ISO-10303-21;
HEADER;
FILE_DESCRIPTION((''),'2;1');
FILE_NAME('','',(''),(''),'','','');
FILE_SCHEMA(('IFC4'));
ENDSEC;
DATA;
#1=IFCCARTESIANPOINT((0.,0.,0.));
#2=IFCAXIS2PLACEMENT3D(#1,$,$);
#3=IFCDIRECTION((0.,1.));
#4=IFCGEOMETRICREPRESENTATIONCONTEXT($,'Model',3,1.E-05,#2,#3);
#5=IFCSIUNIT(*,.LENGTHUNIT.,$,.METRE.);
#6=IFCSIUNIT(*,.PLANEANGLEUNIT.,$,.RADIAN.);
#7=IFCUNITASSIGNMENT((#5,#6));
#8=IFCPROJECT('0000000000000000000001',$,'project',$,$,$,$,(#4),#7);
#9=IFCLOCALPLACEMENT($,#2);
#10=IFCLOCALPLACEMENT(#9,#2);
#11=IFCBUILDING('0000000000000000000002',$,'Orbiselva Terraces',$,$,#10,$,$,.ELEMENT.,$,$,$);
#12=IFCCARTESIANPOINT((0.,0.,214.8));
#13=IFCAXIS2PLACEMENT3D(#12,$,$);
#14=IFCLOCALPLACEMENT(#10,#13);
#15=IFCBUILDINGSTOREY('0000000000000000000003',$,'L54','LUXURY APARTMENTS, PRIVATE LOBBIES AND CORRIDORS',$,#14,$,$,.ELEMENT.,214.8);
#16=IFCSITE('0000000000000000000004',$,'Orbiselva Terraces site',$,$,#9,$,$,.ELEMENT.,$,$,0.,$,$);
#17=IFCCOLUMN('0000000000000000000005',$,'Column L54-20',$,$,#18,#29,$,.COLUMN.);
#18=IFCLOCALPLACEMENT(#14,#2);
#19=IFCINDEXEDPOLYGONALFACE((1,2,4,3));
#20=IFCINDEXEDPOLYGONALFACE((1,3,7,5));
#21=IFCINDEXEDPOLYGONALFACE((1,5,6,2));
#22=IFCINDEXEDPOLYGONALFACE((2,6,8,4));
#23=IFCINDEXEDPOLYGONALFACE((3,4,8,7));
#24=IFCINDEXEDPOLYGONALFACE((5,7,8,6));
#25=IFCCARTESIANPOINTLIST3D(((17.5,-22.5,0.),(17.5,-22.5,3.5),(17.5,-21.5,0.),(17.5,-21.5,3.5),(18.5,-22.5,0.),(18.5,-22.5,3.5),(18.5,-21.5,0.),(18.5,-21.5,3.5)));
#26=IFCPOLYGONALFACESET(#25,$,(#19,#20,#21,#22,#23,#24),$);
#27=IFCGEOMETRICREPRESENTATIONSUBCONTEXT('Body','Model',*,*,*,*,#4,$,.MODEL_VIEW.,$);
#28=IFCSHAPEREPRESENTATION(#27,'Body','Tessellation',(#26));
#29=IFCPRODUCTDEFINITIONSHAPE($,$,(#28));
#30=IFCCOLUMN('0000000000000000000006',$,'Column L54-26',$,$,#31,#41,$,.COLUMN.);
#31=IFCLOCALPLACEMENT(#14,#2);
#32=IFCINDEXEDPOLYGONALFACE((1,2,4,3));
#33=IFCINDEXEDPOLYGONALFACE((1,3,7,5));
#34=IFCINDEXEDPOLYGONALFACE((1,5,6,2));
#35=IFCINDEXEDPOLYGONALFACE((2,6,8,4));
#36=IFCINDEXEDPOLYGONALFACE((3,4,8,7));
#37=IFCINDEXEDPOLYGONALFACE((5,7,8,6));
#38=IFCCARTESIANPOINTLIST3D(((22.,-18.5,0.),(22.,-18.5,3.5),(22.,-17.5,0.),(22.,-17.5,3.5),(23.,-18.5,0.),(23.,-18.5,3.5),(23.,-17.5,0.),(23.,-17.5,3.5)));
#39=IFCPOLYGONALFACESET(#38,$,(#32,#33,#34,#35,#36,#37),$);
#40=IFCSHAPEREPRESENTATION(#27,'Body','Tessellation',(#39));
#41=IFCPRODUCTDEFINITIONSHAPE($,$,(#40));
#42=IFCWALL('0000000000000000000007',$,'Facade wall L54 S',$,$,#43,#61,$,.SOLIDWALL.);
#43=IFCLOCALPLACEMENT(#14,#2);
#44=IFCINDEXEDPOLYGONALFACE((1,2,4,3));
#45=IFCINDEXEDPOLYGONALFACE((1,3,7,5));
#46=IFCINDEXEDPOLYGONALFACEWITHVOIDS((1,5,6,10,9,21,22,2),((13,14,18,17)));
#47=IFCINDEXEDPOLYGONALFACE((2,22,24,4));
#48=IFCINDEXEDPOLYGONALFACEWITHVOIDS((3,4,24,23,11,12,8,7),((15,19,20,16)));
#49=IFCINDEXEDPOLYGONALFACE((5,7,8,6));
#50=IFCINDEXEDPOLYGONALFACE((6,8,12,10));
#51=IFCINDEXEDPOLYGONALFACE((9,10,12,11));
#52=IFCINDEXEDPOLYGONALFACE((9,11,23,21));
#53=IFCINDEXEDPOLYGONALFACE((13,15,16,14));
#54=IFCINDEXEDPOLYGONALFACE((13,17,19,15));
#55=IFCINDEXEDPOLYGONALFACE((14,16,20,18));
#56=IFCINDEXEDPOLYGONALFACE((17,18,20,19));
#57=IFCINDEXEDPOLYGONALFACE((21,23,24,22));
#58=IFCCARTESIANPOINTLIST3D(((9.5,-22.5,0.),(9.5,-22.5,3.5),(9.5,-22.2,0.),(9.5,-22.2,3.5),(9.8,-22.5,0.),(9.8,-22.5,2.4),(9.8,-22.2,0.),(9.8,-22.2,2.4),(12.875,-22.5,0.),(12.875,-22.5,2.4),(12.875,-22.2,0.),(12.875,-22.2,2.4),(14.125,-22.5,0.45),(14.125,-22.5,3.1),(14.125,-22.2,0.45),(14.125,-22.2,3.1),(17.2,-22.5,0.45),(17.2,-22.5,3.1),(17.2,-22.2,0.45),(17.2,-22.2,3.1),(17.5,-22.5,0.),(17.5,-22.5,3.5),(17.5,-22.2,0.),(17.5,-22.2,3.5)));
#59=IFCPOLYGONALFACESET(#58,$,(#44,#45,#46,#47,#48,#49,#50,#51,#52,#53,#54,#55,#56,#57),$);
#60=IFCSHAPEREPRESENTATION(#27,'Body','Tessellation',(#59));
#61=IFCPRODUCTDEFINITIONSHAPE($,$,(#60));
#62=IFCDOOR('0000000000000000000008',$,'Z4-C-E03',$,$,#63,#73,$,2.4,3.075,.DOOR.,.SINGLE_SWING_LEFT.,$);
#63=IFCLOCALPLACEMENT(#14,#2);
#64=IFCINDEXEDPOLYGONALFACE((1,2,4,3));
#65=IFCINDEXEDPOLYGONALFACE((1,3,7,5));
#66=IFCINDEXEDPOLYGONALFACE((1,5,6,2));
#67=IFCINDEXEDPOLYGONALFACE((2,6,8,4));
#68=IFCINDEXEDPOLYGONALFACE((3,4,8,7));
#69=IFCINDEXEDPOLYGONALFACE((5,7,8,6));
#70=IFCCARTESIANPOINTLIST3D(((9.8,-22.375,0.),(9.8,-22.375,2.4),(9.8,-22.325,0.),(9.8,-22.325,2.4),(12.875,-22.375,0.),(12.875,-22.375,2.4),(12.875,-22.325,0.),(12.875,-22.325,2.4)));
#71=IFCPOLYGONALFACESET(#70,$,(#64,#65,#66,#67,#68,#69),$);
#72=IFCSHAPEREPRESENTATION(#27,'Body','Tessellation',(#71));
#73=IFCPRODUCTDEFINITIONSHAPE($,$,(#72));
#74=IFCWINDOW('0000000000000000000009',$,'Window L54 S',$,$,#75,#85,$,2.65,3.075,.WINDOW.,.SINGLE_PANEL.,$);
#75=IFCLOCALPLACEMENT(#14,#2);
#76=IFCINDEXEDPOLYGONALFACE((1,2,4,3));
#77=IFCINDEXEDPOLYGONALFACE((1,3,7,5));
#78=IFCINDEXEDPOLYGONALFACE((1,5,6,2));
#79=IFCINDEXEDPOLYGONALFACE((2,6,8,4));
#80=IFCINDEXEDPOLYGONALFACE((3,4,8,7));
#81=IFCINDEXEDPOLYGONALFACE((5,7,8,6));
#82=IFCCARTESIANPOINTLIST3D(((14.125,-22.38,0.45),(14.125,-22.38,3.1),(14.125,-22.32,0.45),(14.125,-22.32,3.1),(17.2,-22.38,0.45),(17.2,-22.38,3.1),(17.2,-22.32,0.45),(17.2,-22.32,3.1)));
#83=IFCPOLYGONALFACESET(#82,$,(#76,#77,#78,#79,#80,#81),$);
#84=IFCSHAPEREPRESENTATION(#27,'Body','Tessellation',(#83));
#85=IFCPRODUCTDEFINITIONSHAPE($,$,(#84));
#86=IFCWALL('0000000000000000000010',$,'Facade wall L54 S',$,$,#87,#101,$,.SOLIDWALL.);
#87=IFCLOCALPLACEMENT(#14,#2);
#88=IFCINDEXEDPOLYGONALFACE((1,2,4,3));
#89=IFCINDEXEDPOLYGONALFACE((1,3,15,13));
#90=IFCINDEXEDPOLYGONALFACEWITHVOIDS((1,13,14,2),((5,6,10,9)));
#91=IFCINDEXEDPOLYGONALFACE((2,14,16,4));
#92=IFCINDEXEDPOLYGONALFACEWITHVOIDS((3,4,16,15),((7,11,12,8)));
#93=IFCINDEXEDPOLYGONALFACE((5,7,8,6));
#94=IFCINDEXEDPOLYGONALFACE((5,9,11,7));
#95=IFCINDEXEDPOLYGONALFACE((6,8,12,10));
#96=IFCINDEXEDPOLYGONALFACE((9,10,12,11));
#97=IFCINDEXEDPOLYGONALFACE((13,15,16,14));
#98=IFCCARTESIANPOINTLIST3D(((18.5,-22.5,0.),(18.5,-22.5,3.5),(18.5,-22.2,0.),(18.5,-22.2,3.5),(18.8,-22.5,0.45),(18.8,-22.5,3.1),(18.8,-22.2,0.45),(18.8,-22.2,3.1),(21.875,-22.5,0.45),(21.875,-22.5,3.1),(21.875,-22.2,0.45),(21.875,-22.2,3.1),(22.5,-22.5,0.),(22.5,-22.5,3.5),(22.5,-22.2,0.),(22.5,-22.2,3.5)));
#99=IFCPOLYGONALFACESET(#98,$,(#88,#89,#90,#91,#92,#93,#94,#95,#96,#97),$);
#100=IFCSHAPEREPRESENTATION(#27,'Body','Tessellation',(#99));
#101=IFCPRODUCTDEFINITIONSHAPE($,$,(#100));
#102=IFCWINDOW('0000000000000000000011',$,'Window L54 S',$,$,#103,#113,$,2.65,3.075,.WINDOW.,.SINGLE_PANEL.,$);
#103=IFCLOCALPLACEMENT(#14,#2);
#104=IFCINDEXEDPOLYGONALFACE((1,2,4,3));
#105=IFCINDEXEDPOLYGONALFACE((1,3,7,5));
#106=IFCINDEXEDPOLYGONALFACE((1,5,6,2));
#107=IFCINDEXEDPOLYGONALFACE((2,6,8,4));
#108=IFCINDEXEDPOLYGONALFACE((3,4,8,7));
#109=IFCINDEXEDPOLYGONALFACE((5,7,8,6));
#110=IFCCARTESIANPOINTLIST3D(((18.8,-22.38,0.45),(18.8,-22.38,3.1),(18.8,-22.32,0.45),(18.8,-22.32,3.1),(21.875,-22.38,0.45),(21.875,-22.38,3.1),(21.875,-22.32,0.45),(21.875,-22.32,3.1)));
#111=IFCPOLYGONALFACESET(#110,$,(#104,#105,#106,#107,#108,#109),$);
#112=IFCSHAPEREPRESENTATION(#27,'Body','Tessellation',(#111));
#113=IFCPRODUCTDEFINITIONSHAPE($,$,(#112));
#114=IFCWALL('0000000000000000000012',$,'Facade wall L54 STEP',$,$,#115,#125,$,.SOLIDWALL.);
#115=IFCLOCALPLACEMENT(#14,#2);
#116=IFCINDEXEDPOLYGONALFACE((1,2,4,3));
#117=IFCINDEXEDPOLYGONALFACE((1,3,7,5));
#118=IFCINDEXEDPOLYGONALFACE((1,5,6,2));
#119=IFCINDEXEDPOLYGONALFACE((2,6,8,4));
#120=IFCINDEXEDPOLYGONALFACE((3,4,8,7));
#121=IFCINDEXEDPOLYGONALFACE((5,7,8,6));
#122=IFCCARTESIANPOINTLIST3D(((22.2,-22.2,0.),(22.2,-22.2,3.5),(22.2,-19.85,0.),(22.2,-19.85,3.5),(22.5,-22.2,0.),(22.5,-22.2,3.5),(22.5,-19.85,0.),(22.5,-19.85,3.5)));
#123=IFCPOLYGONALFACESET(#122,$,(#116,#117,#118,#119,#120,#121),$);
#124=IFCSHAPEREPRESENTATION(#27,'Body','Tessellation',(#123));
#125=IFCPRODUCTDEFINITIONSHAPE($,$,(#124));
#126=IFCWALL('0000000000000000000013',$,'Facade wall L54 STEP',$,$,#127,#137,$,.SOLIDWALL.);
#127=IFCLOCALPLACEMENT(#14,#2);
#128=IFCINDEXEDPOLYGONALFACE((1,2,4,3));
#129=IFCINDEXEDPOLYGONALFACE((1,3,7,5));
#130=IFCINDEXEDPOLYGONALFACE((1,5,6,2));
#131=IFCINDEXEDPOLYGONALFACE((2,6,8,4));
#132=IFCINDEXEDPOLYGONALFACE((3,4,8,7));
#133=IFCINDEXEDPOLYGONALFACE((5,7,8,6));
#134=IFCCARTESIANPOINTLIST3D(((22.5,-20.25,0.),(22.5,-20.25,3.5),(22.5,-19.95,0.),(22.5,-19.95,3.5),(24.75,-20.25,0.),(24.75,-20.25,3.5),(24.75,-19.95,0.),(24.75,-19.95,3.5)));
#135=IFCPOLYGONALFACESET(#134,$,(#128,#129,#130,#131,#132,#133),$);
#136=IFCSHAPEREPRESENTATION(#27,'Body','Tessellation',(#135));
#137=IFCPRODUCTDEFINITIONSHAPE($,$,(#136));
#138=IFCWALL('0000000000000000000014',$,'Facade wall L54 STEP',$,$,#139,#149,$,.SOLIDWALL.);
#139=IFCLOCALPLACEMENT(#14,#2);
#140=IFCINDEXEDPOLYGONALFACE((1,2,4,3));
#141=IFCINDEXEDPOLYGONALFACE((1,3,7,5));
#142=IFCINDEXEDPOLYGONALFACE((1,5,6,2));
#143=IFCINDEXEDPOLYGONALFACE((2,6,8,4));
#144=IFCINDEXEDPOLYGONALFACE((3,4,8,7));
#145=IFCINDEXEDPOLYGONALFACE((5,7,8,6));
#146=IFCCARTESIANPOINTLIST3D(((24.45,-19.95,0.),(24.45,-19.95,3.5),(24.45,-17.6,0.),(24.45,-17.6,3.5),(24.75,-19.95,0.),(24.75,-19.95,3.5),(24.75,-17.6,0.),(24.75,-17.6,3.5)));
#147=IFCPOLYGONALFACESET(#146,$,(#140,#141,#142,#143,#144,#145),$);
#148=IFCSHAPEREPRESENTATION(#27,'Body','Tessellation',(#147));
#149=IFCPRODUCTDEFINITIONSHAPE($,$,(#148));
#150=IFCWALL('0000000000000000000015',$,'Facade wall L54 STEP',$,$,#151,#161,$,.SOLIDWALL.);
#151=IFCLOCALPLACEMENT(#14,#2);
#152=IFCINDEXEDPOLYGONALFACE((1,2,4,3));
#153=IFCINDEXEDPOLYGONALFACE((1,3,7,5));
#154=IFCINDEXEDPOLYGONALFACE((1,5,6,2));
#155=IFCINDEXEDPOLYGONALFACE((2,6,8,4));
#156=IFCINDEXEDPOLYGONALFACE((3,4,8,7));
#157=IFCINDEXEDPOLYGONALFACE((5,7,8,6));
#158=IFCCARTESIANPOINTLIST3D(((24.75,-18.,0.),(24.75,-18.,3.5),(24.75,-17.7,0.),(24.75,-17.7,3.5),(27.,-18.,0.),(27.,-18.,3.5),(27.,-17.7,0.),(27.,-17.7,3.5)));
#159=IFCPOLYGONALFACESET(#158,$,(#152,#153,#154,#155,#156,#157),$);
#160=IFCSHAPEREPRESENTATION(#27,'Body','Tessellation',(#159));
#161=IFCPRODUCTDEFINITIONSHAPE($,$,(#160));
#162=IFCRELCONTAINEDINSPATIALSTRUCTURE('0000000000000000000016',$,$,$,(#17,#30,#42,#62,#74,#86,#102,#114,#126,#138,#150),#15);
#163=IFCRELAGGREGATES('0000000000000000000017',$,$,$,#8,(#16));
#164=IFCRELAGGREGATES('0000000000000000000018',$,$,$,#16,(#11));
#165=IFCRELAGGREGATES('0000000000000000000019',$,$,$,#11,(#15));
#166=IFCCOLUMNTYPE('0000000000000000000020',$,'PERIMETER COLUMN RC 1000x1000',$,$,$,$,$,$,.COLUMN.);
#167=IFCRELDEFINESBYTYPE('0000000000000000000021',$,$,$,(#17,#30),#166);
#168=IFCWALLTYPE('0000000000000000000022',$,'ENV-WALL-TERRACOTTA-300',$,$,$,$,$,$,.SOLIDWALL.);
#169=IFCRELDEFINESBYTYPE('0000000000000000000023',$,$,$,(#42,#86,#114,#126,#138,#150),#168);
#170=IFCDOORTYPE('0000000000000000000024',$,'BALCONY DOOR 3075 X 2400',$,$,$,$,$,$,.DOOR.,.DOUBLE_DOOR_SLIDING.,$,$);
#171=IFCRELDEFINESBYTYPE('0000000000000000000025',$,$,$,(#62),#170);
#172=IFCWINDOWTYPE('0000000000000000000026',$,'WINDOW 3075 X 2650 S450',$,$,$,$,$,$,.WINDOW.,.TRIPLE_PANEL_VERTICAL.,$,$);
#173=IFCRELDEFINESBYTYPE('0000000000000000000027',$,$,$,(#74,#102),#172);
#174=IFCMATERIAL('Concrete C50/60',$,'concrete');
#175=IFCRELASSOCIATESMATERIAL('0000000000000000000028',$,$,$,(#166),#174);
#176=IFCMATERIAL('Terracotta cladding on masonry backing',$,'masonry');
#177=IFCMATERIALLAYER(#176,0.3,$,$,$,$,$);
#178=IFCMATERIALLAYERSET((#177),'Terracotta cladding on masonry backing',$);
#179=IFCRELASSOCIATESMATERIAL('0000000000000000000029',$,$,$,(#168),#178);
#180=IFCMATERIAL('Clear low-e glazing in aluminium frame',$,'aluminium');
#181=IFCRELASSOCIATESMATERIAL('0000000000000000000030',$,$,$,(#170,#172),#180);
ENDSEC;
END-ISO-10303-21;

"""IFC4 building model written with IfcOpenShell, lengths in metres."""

from ifc_helpers import new_model, si_unit, direction, frame, frame_2d, origin, origin_2d, place, context, subcontext, project, spatial, rectangle, extrude, material, layer, layer_set, material_profile, profile_set, type_object, element, fill, save


model = new_model("IFC4")

# Units and contexts
model_context = context("Model", 3, precision=1e-05, world=origin(), true_north=direction((0.0, 1.0)))
body_context = subcontext(model_context, "Body", "Model", "MODEL_VIEW")
ifc_project = project(units=[si_unit("LENGTHUNIT", "METRE"), si_unit("PLANEANGLEUNIT", "RADIAN")], contexts=[model_context])

# Site, building, storey
site_placement = place(None, origin())
site = spatial("IfcSite", under=ifc_project, at=site_placement, Name="Orbiselva Terraces site", CompositionType="ELEMENT", RefElevation=0.0)
building_placement = place(site_placement, origin())
building = spatial("IfcBuilding", under=site, at=building_placement, Name="Orbiselva Terraces", CompositionType="ELEMENT")
storey_placement = place(building_placement, frame((0.0, 0.0, 214.8)))
storey = spatial("IfcBuildingStorey", under=building, at=storey_placement, Name="L54", Description="LUXURY APARTMENTS, PRIVATE LOBBIES AND CORRIDORS", CompositionType="ELEMENT", Elevation=214.8)

# Columns
ifc_material_1 = material(Name="Concrete C50/60", Category="concrete")
ifc_material_profile = material_profile(ifc_material_1, rectangle(XDim=1.0, YDim=1.0, at=origin_2d()), Name="RC 1000x1000")
ifc_profile_set = profile_set([ifc_material_profile], Name="Concrete C50/60")
column_type = type_object("IfcColumnType", Name="PERIMETER COLUMN RC 1000x1000", PredefinedType="COLUMN", material=ifc_profile_set)
for number, where, z_axis, x_axis, name in (
    (1, (18.0, -22.0, 0.0), (0.0, 0.0, 1.0), (1.0, 0.0, 0.0), "Column L54-20"),
    (2, (22.5, -18.0, 0.0), (0.0, 0.0, 1.0), (1.0, 0.0, 0.0), "Column L54-26"),
):
    element("IfcColumn", number, at=place(storey_placement, frame(where, z_axis=z_axis, x_axis=x_axis)), inside=storey, type_object=column_type, Name=name, PredefinedType="COLUMN", context=body_context, shape_type="SweptSolid", body=[
        extrude(rectangle(XDim=1.0, YDim=1.0, at=origin_2d()), origin(), (0.0, 0.0, 1.0), 3.5),
    ])

# Wall, openings, door, window
ifc_material_2 = material(Name="Terracotta cladding on masonry backing", Category="masonry")
ifc_layer_1 = layer(ifc_material_2, 0.3)
ifc_layer_set_1 = layer_set([ifc_layer_1], Name="Terracotta cladding on masonry backing")
wall_type_1 = type_object("IfcWallType", Name="ENV-WALL-TERRACOTTA-300", PredefinedType="SOLIDWALL", material=ifc_layer_set_1)
wall_1_placement = place(storey_placement, frame((17.5, -22.35, 0.0), z_axis=(0.0, 0.0, 1.0), x_axis=(-1.0, 0.0, 0.0)))
wall_1 = element("IfcWall", 3, at=wall_1_placement, inside=storey, type_object=wall_type_1, Name="Facade wall L54 S", PredefinedType="SOLIDWALL", context=body_context, shape_type="SweptSolid", body=[
    extrude(rectangle(XDim=8.0, YDim=0.3, at=frame_2d((4.0, 0.0))), origin(), (0.0, 0.0, 1.0), 3.5),
])
opening_1_placement = place(wall_1_placement, frame((4.625, 0.0, 0.0)))
opening_1 = element("IfcOpeningElement", 4, at=opening_1_placement, cuts=wall_1, PredefinedType="OPENING", context=body_context, shape_type="SweptSolid", body=[
    extrude(rectangle(XDim=3.075, YDim=2.4, at=frame_2d((1.5375, 1.2))), frame((0.0, 0.16, 0.0), z_axis=(0.0, -1.0, 0.0), x_axis=(1.0, 0.0, 0.0)), (0.0, 0.0, 1.0), 0.32),
])
opening_2_placement = place(wall_1_placement, frame((0.3, 0.0, 0.45)))
opening_2 = element("IfcOpeningElement", 5, at=opening_2_placement, cuts=wall_1, PredefinedType="OPENING", context=body_context, shape_type="SweptSolid", body=[
    extrude(rectangle(XDim=3.075, YDim=2.65, at=frame_2d((1.5375, 1.325))), frame((0.0, 0.16, 0.0), z_axis=(0.0, -1.0, 0.0), x_axis=(1.0, 0.0, 0.0)), (0.0, 0.0, 1.0), 0.32),
])
ifc_material_3 = material(Name="Clear low-e glazing in aluminium frame", Category="aluminium")
door_type_1 = type_object("IfcDoorType", Name="BALCONY DOOR 3075 X 2400", OperationType="DOUBLE_DOOR_SLIDING", PredefinedType="DOOR", material=ifc_material_3)
door_1_placement = place(opening_1_placement, origin())
door_1 = element("IfcDoor", 6, at=door_1_placement, inside=storey, type_object=door_type_1, Name="Z4-C-E03", OperationType="SINGLE_SWING_LEFT", OverallHeight=2.4, OverallWidth=3.075, PredefinedType="DOOR", context=body_context, shape_type="SweptSolid", body=[
    extrude(rectangle(XDim=3.075, YDim=2.4, at=frame_2d((1.5375, 1.2))), frame((0.0, 0.025, 0.0), z_axis=(0.0, -1.0, 0.0), x_axis=(1.0, 0.0, 0.0)), (0.0, 0.0, 1.0), 0.05),
])
fill(opening_1, door_1)
window_type = type_object("IfcWindowType", Name="WINDOW 3075 X 2650 S450", PartitioningType="TRIPLE_PANEL_VERTICAL", PredefinedType="WINDOW", material=ifc_material_3)
window_1_placement = place(opening_2_placement, origin())
window_1 = element("IfcWindow", 7, at=window_1_placement, inside=storey, type_object=window_type, Name="Window L54 S", OverallHeight=2.65, OverallWidth=3.075, PartitioningType="SINGLE_PANEL", PredefinedType="WINDOW", context=body_context, shape_type="SweptSolid", body=[
    extrude(rectangle(XDim=3.075, YDim=2.65, at=frame_2d((1.5375, 1.325))), frame((0.0, 0.03, 0.0), z_axis=(0.0, -1.0, 0.0), x_axis=(1.0, 0.0, 0.0)), (0.0, 0.0, 1.0), 0.06),
])
fill(opening_2, window_1)

# Wall, opening, window
wall_2_placement = place(storey_placement, frame((22.5, -22.35, 0.0), z_axis=(0.0, 0.0, 1.0), x_axis=(-1.0, 0.0, 0.0)))
wall_2 = element("IfcWall", 8, at=wall_2_placement, inside=storey, type_object=wall_type_1, Name="Facade wall L54 S", PredefinedType="SOLIDWALL", context=body_context, shape_type="SweptSolid", body=[
    extrude(rectangle(XDim=4.0, YDim=0.3, at=frame_2d((2.0, 0.0))), origin(), (0.0, 0.0, 1.0), 3.5),
])
opening_3_placement = place(wall_2_placement, frame((0.625, 0.0, 0.45)))
opening_3 = element("IfcOpeningElement", 9, at=opening_3_placement, cuts=wall_2, PredefinedType="OPENING", context=body_context, shape_type="SweptSolid", body=[
    extrude(rectangle(XDim=3.075, YDim=2.65, at=frame_2d((1.5375, 1.325))), frame((0.0, 0.16, 0.0), z_axis=(0.0, -1.0, 0.0), x_axis=(1.0, 0.0, 0.0)), (0.0, 0.0, 1.0), 0.32),
])
window_2_placement = place(opening_3_placement, origin())
window_2 = element("IfcWindow", 10, at=window_2_placement, inside=storey, type_object=window_type, Name="Window L54 S", OverallHeight=2.65, OverallWidth=3.075, PartitioningType="SINGLE_PANEL", PredefinedType="WINDOW", context=body_context, shape_type="SweptSolid", body=[
    extrude(rectangle(XDim=3.075, YDim=2.65, at=frame_2d((1.5375, 1.325))), frame((0.0, 0.03, 0.0), z_axis=(0.0, -1.0, 0.0), x_axis=(1.0, 0.0, 0.0)), (0.0, 0.0, 1.0), 0.06),
])
fill(opening_3, window_2)

# Walls
wall_3_placement = place(storey_placement, frame((22.35, -19.85, 0.0), z_axis=(0.0, 0.0, 1.0), x_axis=(0.0, -1.0, 0.0)))
element("IfcWall", 11, at=wall_3_placement, inside=storey, type_object=wall_type_1, Name="Facade wall L54 STEP", PredefinedType="SOLIDWALL", context=body_context, shape_type="SweptSolid", body=[
    extrude(rectangle(XDim=2.35, YDim=0.3, at=frame_2d((1.175, 0.0))), origin(), (0.0, 0.0, 1.0), 3.5),
])
wall_4_placement = place(storey_placement, frame((24.75, -20.1, 0.0), z_axis=(0.0, 0.0, 1.0), x_axis=(-1.0, 0.0, 0.0)))
element("IfcWall", 12, at=wall_4_placement, inside=storey, type_object=wall_type_1, Name="Facade wall L54 STEP", PredefinedType="SOLIDWALL", context=body_context, shape_type="SweptSolid", body=[
    extrude(rectangle(XDim=2.25, YDim=0.3, at=frame_2d((1.125, 0.0))), origin(), (0.0, 0.0, 1.0), 3.5),
])
wall_5_placement = place(storey_placement, frame((24.6, -17.6, 0.0), z_axis=(0.0, 0.0, 1.0), x_axis=(0.0, -1.0, 0.0)))
element("IfcWall", 13, at=wall_5_placement, inside=storey, type_object=wall_type_1, Name="Facade wall L54 STEP", PredefinedType="SOLIDWALL", context=body_context, shape_type="SweptSolid", body=[
    extrude(rectangle(XDim=2.35, YDim=0.3, at=frame_2d((1.175, 0.0))), origin(), (0.0, 0.0, 1.0), 3.5),
])
wall_6_placement = place(storey_placement, frame((27.0, -17.85, 0.0), z_axis=(0.0, 0.0, 1.0), x_axis=(-1.0, 0.0, 0.0)))
element("IfcWall", 14, at=wall_6_placement, inside=storey, type_object=wall_type_1, Name="Facade wall L54 STEP", PredefinedType="SOLIDWALL", context=body_context, shape_type="SweptSolid", body=[
    extrude(rectangle(XDim=2.25, YDim=0.3, at=frame_2d((1.125, 0.0))), origin(), (0.0, 0.0, 1.0), 3.5),
])

save(model, "model.ifc")
